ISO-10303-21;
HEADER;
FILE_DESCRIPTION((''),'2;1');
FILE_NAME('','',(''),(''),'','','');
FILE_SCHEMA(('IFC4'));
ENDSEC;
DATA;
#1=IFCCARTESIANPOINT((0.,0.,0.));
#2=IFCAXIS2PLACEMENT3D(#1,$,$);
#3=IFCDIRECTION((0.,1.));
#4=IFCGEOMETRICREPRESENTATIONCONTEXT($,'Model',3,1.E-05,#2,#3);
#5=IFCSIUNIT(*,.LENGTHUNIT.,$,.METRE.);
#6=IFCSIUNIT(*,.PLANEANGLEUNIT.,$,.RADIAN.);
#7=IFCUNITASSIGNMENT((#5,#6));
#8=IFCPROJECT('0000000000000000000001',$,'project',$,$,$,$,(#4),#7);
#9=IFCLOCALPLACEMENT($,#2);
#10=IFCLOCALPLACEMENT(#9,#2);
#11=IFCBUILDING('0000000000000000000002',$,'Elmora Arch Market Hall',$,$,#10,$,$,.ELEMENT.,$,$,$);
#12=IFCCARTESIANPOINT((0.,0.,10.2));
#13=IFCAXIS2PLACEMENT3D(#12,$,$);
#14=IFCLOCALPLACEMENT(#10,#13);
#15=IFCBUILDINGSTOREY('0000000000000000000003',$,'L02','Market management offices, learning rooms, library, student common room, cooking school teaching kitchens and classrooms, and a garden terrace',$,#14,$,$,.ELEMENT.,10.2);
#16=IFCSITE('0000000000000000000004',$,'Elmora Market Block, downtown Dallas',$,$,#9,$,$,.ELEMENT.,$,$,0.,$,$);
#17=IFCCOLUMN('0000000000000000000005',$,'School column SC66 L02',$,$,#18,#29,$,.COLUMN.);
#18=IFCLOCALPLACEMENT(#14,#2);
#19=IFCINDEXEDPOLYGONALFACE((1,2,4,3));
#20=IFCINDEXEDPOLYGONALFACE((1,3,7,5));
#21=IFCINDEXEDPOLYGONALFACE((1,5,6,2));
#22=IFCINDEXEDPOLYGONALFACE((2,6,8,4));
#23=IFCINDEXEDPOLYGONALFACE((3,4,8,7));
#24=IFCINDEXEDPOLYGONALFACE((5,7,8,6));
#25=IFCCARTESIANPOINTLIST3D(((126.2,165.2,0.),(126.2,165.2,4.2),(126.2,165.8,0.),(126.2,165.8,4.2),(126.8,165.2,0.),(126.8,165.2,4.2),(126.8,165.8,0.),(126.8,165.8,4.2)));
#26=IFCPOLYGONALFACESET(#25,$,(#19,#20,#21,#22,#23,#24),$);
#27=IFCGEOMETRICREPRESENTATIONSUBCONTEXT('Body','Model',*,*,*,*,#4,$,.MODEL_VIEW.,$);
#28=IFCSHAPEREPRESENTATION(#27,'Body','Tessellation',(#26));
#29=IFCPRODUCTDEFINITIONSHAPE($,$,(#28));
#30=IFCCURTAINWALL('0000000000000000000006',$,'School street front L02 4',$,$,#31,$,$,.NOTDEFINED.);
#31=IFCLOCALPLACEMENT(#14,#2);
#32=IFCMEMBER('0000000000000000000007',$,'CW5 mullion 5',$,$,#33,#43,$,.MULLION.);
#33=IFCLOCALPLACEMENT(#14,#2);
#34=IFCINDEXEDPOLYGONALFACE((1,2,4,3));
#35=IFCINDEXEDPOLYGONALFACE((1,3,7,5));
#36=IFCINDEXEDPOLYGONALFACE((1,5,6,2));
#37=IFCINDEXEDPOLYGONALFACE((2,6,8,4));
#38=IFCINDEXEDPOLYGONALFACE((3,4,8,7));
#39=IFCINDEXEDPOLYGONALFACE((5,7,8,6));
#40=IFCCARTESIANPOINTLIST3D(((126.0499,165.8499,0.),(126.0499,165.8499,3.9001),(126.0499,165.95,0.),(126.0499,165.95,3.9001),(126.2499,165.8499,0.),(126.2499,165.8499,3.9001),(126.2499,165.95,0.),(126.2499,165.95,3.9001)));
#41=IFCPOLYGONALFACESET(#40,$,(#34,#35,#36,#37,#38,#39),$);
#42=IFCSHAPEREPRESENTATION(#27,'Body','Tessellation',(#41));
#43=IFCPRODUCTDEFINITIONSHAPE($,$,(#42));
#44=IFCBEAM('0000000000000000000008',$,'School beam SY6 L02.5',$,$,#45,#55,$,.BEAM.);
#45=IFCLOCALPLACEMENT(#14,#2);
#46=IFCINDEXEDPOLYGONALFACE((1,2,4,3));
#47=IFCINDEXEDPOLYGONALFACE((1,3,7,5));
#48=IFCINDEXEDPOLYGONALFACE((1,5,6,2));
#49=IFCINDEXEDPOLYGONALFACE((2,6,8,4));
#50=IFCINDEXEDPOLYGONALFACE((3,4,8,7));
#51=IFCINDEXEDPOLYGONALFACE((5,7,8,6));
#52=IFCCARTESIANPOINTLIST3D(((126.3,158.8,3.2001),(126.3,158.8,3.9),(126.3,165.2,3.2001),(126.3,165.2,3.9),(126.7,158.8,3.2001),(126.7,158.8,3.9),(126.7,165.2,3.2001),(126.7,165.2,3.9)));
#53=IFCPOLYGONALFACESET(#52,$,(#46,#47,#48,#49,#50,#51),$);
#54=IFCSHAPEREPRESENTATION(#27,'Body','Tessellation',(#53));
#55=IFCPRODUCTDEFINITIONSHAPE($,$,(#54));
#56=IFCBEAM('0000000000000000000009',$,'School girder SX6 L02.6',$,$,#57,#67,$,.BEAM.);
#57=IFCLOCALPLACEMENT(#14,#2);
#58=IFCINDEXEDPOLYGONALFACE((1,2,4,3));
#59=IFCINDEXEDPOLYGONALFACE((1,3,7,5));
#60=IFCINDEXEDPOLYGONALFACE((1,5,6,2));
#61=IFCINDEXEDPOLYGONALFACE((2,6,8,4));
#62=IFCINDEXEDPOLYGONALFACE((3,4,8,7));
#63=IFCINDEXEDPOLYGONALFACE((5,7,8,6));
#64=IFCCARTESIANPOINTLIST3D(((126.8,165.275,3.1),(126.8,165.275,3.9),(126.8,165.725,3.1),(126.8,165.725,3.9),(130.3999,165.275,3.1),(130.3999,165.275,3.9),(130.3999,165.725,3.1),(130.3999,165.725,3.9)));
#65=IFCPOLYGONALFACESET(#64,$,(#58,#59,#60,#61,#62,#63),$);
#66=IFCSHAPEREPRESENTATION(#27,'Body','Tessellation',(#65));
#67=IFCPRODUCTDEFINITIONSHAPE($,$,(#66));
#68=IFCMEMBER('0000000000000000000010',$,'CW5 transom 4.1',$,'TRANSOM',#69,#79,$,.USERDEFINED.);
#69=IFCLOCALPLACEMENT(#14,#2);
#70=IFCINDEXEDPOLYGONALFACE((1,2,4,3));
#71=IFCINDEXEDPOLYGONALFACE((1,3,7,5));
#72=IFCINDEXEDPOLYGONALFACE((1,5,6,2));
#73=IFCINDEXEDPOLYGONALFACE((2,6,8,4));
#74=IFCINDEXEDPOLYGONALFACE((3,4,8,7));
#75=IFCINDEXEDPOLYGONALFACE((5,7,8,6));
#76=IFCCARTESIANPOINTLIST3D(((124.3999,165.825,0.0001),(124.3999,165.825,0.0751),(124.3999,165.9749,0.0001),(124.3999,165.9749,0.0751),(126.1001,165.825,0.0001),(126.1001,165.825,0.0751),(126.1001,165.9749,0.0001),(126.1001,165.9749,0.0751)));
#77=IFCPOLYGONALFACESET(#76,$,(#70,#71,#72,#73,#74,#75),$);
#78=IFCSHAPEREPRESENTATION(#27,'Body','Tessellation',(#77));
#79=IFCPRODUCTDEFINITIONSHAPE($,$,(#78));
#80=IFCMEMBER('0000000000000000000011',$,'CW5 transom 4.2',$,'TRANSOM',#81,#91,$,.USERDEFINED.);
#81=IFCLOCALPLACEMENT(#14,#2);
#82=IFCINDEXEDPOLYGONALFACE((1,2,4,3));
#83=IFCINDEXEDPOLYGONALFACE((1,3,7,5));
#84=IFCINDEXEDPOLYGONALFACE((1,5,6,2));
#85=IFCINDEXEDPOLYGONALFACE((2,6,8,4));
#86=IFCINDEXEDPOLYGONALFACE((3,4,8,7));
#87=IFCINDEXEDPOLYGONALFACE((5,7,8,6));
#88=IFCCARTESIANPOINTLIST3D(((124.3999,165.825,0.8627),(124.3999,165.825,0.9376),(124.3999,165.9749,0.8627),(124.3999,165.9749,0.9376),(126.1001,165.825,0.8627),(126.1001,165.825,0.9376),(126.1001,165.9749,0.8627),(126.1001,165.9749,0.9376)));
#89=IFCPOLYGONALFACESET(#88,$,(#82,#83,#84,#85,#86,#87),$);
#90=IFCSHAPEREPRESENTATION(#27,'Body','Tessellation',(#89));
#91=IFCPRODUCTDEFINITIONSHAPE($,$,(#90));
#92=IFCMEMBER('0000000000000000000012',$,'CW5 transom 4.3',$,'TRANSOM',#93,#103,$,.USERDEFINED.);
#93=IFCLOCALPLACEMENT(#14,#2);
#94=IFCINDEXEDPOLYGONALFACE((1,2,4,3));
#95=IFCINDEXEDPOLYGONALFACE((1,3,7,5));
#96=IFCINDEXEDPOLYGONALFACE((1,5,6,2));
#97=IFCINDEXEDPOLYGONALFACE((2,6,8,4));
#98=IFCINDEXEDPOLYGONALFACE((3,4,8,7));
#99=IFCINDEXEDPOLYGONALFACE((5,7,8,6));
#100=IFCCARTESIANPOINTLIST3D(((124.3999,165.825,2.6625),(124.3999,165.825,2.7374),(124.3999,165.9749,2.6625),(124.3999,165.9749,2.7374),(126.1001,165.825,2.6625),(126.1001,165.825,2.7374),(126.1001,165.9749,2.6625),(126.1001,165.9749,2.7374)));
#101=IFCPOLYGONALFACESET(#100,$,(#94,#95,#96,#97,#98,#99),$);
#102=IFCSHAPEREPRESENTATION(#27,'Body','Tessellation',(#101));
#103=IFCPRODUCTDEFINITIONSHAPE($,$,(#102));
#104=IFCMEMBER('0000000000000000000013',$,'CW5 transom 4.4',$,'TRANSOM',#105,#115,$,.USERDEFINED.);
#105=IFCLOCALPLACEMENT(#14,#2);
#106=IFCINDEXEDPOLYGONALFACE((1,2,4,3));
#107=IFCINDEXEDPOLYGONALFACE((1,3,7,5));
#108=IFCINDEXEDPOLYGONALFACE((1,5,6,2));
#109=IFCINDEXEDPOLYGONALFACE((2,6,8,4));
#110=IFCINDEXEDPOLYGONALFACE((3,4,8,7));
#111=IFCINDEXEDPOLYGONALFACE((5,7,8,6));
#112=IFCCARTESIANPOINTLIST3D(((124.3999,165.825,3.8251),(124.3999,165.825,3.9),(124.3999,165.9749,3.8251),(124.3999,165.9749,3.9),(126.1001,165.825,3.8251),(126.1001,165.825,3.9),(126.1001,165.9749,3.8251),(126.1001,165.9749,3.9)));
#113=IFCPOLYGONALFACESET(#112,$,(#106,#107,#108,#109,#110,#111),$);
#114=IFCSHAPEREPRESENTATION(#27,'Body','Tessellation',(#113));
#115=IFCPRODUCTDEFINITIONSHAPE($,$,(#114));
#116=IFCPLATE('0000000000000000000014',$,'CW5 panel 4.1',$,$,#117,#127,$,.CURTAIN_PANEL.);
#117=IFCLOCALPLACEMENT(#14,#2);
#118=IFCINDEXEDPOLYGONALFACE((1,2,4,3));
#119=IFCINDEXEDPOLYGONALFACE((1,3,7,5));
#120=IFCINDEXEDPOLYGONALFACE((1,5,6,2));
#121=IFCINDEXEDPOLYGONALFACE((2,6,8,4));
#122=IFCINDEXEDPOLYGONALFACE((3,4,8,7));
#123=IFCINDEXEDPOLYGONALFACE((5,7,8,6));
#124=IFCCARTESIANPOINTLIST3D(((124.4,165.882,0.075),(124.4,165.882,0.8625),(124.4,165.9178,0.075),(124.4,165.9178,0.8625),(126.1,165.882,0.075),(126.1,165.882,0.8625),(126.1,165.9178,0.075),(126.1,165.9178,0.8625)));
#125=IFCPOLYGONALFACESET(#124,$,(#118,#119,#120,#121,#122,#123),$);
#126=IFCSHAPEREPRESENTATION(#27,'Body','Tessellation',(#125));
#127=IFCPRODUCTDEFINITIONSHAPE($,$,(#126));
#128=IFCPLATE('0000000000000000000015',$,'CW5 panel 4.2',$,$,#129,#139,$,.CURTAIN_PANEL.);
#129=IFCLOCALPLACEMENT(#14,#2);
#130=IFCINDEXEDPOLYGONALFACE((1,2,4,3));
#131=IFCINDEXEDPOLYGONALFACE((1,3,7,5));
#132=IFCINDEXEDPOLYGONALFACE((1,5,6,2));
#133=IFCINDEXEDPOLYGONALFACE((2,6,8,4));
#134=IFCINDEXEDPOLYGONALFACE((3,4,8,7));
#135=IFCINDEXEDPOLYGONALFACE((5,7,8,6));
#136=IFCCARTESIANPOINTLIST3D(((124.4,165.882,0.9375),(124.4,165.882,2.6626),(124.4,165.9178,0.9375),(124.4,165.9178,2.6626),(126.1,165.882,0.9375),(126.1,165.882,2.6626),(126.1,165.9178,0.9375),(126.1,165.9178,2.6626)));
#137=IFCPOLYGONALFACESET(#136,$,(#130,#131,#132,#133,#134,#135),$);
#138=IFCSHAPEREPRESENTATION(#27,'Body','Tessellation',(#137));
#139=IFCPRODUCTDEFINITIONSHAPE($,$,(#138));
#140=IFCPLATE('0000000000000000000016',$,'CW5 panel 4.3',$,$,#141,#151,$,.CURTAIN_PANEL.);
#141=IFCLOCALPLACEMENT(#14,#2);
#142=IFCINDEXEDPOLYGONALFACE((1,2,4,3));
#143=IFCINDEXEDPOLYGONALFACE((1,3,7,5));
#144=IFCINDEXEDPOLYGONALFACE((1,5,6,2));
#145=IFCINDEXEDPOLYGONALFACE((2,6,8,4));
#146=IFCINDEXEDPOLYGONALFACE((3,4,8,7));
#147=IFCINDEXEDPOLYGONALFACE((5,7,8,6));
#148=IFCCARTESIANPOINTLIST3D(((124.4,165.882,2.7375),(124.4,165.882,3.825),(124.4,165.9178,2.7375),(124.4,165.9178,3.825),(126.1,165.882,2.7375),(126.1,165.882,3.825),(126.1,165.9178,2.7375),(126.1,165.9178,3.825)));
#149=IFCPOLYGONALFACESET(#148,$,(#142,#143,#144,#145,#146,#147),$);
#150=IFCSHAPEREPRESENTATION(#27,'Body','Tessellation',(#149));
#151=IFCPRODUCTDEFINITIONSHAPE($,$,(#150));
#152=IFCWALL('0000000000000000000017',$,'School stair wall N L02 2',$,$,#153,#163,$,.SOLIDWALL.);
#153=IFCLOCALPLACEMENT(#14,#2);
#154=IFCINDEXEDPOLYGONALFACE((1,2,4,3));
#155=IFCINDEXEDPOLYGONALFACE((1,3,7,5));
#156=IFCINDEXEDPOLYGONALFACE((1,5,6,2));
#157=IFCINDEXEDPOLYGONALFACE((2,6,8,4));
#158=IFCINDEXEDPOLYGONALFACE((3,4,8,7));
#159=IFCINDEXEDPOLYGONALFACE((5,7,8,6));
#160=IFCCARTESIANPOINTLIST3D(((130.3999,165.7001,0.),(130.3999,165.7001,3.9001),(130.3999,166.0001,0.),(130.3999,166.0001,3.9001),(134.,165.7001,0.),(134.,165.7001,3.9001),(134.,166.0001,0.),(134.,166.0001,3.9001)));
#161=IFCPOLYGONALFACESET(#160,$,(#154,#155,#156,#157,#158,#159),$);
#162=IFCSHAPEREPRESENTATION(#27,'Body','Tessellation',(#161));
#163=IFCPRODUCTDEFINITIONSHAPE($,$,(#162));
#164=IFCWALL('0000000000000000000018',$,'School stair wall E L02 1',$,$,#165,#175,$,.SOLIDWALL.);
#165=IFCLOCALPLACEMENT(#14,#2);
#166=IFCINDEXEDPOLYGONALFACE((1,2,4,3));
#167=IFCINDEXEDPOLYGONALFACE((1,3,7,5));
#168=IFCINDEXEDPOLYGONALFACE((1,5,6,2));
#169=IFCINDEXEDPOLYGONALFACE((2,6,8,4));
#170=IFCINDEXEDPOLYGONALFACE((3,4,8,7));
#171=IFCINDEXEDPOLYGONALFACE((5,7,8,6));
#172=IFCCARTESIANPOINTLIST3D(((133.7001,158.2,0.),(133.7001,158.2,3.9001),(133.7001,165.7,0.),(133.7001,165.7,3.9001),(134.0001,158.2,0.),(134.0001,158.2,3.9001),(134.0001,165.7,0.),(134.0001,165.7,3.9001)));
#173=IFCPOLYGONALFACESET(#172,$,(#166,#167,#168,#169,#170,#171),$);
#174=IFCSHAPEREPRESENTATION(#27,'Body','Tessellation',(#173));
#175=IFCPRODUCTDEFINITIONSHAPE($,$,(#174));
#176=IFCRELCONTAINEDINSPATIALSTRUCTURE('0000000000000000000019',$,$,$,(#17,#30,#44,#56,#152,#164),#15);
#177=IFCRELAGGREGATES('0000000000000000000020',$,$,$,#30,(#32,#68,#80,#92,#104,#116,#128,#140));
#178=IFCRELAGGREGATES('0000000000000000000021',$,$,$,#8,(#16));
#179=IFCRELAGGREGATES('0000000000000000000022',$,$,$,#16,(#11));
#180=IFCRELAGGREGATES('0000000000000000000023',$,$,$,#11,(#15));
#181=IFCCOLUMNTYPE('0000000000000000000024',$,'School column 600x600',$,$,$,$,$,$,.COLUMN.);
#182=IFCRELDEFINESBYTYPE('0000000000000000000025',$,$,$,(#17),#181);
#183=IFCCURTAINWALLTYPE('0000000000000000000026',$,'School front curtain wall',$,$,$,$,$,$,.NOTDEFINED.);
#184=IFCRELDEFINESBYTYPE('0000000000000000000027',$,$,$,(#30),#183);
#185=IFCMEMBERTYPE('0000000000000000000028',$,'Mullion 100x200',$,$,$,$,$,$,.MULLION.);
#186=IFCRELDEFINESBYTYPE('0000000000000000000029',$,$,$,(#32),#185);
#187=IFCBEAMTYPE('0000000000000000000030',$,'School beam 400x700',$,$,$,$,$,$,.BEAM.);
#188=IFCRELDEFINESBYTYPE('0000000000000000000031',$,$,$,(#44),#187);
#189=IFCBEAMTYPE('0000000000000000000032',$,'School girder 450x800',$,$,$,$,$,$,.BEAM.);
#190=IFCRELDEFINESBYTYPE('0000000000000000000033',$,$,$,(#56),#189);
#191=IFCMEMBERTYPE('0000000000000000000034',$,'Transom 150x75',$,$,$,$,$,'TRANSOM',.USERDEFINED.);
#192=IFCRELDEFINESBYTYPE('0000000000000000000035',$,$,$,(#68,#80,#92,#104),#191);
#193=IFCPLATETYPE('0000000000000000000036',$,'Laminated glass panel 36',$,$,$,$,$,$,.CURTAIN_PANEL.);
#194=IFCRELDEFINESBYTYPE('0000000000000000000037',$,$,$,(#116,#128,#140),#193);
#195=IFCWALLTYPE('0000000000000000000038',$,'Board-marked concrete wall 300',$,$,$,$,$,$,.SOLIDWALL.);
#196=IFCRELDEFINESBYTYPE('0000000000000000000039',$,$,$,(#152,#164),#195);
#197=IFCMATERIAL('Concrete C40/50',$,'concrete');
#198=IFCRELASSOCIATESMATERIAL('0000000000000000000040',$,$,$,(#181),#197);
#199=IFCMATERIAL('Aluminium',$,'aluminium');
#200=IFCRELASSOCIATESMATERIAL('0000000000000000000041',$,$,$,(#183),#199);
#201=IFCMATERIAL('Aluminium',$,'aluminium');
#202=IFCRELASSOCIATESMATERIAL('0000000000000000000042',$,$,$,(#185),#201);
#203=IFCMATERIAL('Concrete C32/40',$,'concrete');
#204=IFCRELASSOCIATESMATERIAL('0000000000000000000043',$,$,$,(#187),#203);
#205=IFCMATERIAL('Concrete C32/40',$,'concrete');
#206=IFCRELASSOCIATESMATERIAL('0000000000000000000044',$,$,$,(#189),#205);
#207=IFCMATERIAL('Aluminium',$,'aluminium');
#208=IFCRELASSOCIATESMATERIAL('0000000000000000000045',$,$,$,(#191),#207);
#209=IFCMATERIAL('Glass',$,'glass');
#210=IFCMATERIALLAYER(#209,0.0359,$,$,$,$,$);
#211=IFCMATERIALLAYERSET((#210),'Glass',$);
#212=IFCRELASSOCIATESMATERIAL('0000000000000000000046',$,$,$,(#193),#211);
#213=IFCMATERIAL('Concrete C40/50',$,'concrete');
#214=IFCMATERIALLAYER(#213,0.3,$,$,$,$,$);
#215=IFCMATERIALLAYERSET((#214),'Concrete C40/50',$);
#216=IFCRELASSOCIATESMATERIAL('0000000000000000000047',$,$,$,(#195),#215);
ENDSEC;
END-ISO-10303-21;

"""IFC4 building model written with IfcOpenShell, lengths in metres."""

from ifc_helpers import new_model, si_unit, direction, frame, frame_2d, origin, origin_2d, place, context, subcontext, project, spatial, rectangle, extrude, material, layer, layer_set, material_profile, profile_set, type_object, element, aggregate, save


model = new_model("IFC4")

# Units and contexts
model_context = context("Model", 3, precision=1e-05, world=origin(), true_north=direction((0.0, 1.0)))
body_context = subcontext(model_context, "Body", "Model", "MODEL_VIEW")
ifc_project = project(units=[si_unit("LENGTHUNIT", "METRE"), si_unit("PLANEANGLEUNIT", "RADIAN")], contexts=[model_context])

# Site, building, storey
site_placement = place(None, origin())
site = spatial("IfcSite", under=ifc_project, at=site_placement, Name="Elmora Market Block, downtown Dallas", CompositionType="ELEMENT", RefElevation=0.0)
building_placement = place(site_placement, origin())
building = spatial("IfcBuilding", under=site, at=building_placement, Name="Elmora Arch Market Hall", CompositionType="ELEMENT")
storey_placement = place(building_placement, frame((0.0, 0.0, 10.2)))
storey = spatial("IfcBuildingStorey", under=building, at=storey_placement, Name="L02", Description="Market management offices, learning rooms, library, student common room, cooking school teaching kitchens and classrooms, and a garden terrace", CompositionType="ELEMENT", Elevation=10.2)

# Column
ifc_material_1 = material(Name="Concrete C40/50", Category="concrete")
ifc_material_profile_1 = material_profile(ifc_material_1, rectangle(XDim=0.6001, YDim=0.6001, at=origin_2d()), Name="School column 600x600")
ifc_profile_set_1 = profile_set([ifc_material_profile_1], Name="Concrete C40/50")
column_type = type_object("IfcColumnType", Name="School column 600x600", PredefinedType="COLUMN", material=ifc_profile_set_1)
column_placement = place(storey_placement, frame((126.5, 165.5, 0.0), z_axis=(0.0, 0.0, 1.0), x_axis=(1.0, 0.0, 0.0)))
element("IfcColumn", 1, at=column_placement, inside=storey, type_object=column_type, Name="School column SC66 L02", PredefinedType="COLUMN", context=body_context, shape_type="SweptSolid", body=[
    extrude(rectangle(XDim=0.6001, YDim=0.6001, at=origin_2d()), origin(), (0.0, 0.0, 1.0), 4.2),
])

# Curtain wall, member
ifc_material_2 = material(Name="Aluminium", Category="aluminium")
curtain_wall_type = type_object("IfcCurtainWallType", Name="School front curtain wall", PredefinedType="NOTDEFINED", material=ifc_material_2)
curtain_wall_placement = place(storey_placement, origin())
curtain_wall = element("IfcCurtainWall", 2, at=curtain_wall_placement, inside=storey, type_object=curtain_wall_type, Name="School street front L02 4", PredefinedType="NOTDEFINED")
ifc_material_3 = material(Name="Aluminium", Category="aluminium")
ifc_material_profile_2 = material_profile(ifc_material_3, rectangle(XDim=0.1001, YDim=0.2, at=origin_2d()), Name="AL 100x200")
ifc_profile_set_2 = profile_set([ifc_material_profile_2], Name="Aluminium")
member_type_1 = type_object("IfcMemberType", Name="Mullion 100x200", PredefinedType="MULLION", material=ifc_profile_set_2)
member_1_placement = place(storey_placement, frame((126.1499, 165.8999, 0.0), z_axis=(0.0, 0.0, 1.0), x_axis=(0.0, 1.0, 0.0)))
member_1 = element("IfcMember", 3, at=member_1_placement, type_object=member_type_1, Name="CW5 mullion 5", PredefinedType="MULLION", context=body_context, shape_type="SweptSolid", body=[
    extrude(rectangle(XDim=0.1001, YDim=0.2, at=origin_2d()), origin(), (0.0, 0.0, 1.0), 3.9001),
])

# Beams
ifc_material_4 = material(Name="Concrete C32/40", Category="concrete")
ifc_material_profile_3 = material_profile(ifc_material_4, rectangle(XDim=0.3999, YDim=0.7, at=origin_2d()), Name="School beam 400x700")
ifc_profile_set_3 = profile_set([ifc_material_profile_3], Name="Concrete C32/40")
beam_type_1 = type_object("IfcBeamType", Name="School beam 400x700", PredefinedType="BEAM", material=ifc_profile_set_3)
beam_1_placement = place(storey_placement, frame((126.5, 158.8, 3.55), z_axis=(0.0, 1.0, 0.0), x_axis=(-1.0, 0.0, 0.0)))
element("IfcBeam", 4, at=beam_1_placement, inside=storey, type_object=beam_type_1, Name="School beam SY6 L02.5", PredefinedType="BEAM", context=body_context, shape_type="SweptSolid", body=[
    extrude(rectangle(XDim=0.3999, YDim=0.7, at=origin_2d()), origin(), (0.0, 0.0, 1.0), 6.3999),
])
ifc_material_5 = material(Name="Concrete C32/40", Category="concrete")
ifc_material_profile_4 = material_profile(ifc_material_5, rectangle(XDim=0.45, YDim=0.8, at=origin_2d()), Name="School girder 450x800")
ifc_profile_set_4 = profile_set([ifc_material_profile_4], Name="Concrete C32/40")
beam_type_2 = type_object("IfcBeamType", Name="School girder 450x800", PredefinedType="BEAM", material=ifc_profile_set_4)
beam_2_placement = place(storey_placement, frame((126.8, 165.5, 3.5), z_axis=(1.0, 0.0, 0.0), x_axis=(0.0, 1.0, 0.0)))
element("IfcBeam", 5, at=beam_2_placement, inside=storey, type_object=beam_type_2, Name="School girder SX6 L02.6", PredefinedType="BEAM", context=body_context, shape_type="SweptSolid", body=[
    extrude(rectangle(XDim=0.45, YDim=0.8, at=origin_2d()), origin(), (0.0, 0.0, 1.0), 3.5999),
])

# Members
ifc_material_6 = material(Name="Aluminium", Category="aluminium")
ifc_material_profile_5 = material_profile(ifc_material_6, rectangle(XDim=0.1499, YDim=0.075, at=origin_2d()), Name="AL 150x75")
ifc_profile_set_5 = profile_set([ifc_material_profile_5], Name="Aluminium")
member_type_2 = type_object("IfcMemberType", Name="Transom 150x75", ElementType="TRANSOM", PredefinedType="USERDEFINED", material=ifc_profile_set_5)
member_2_placement = place(storey_placement, frame((124.3999, 165.8999, 0.0376), z_axis=(1.0, 0.0, 0.0), x_axis=(0.0, 1.0, 0.0)))
member_2 = element("IfcMember", 6, at=member_2_placement, type_object=member_type_2, Name="CW5 transom 4.1", ObjectType="TRANSOM", PredefinedType="USERDEFINED", context=body_context, shape_type="SweptSolid", body=[
    extrude(rectangle(XDim=0.1499, YDim=0.075, at=origin_2d()), origin(), (0.0, 0.0, 1.0), 1.7002),
])
member_3_placement = place(storey_placement, frame((124.3999, 165.8999, 0.9001), z_axis=(1.0, 0.0, 0.0), x_axis=(0.0, 1.0, 0.0)))
member_3 = element("IfcMember", 7, at=member_3_placement, type_object=member_type_2, Name="CW5 transom 4.2", ObjectType="TRANSOM", PredefinedType="USERDEFINED", context=body_context, shape_type="SweptSolid", body=[
    extrude(rectangle(XDim=0.1499, YDim=0.075, at=origin_2d()), origin(), (0.0, 0.0, 1.0), 1.7002),
])
member_4_placement = place(storey_placement, frame((124.3999, 165.8999, 2.7), z_axis=(1.0, 0.0, 0.0), x_axis=(0.0, 1.0, 0.0)))
member_4 = element("IfcMember", 8, at=member_4_placement, type_object=member_type_2, Name="CW5 transom 4.3", ObjectType="TRANSOM", PredefinedType="USERDEFINED", context=body_context, shape_type="SweptSolid", body=[
    extrude(rectangle(XDim=0.1499, YDim=0.075, at=origin_2d()), origin(), (0.0, 0.0, 1.0), 1.7002),
])
member_5_placement = place(storey_placement, frame((124.3999, 165.8999, 3.8625), z_axis=(1.0, 0.0, 0.0), x_axis=(0.0, 1.0, 0.0)))
member_5 = element("IfcMember", 9, at=member_5_placement, type_object=member_type_2, Name="CW5 transom 4.4", ObjectType="TRANSOM", PredefinedType="USERDEFINED", context=body_context, shape_type="SweptSolid", body=[
    extrude(rectangle(XDim=0.1499, YDim=0.075, at=origin_2d()), origin(), (0.0, 0.0, 1.0), 1.7002),
])

# Plates
ifc_material_7 = material(Name="Glass", Category="glass")
ifc_layer_1 = layer(ifc_material_7, 0.0359)
ifc_layer_set_1 = layer_set([ifc_layer_1], Name="Glass")
plate_type = type_object("IfcPlateType", Name="Laminated glass panel 36", PredefinedType="CURTAIN_PANEL", material=ifc_layer_set_1)
plate_1_placement = place(storey_placement, frame((125.25, 165.8999, 0.075), z_axis=(0.0, 0.0, 1.0), x_axis=(1.0, 0.0, 0.0)))
plate_1 = element("IfcPlate", 10, at=plate_1_placement, type_object=plate_type, Name="CW5 panel 4.1", PredefinedType="CURTAIN_PANEL", context=body_context, shape_type="SweptSolid", body=[
    extrude(rectangle(XDim=1.7, YDim=0.0359, at=origin_2d()), origin(), (0.0, 0.0, 1.0), 0.7876),
])
plate_2_placement = place(storey_placement, frame((125.25, 165.8999, 0.9375), z_axis=(0.0, 0.0, 1.0), x_axis=(1.0, 0.0, 0.0)))
plate_2 = element("IfcPlate", 11, at=plate_2_placement, type_object=plate_type, Name="CW5 panel 4.2", PredefinedType="CURTAIN_PANEL", context=body_context, shape_type="SweptSolid", body=[
    extrude(rectangle(XDim=1.7, YDim=0.0359, at=origin_2d()), origin(), (0.0, 0.0, 1.0), 1.7251),
])
plate_3_placement = place(storey_placement, frame((125.25, 165.8999, 2.7375), z_axis=(0.0, 0.0, 1.0), x_axis=(1.0, 0.0, 0.0)))
plate_3 = element("IfcPlate", 12, at=plate_3_placement, type_object=plate_type, Name="CW5 panel 4.3", PredefinedType="CURTAIN_PANEL", context=body_context, shape_type="SweptSolid", body=[
    extrude(rectangle(XDim=1.7, YDim=0.0359, at=origin_2d()), origin(), (0.0, 0.0, 1.0), 1.0874),
])
aggregate(curtain_wall, [member_1, member_2, member_3, member_4, member_5, plate_1, plate_2, plate_3])

# Walls
ifc_material_8 = material(Name="Concrete C40/50", Category="concrete")
ifc_layer_2 = layer(ifc_material_8, 0.3)
ifc_layer_set_2 = layer_set([ifc_layer_2], Name="Concrete C40/50")
wall_type_1 = type_object("IfcWallType", Name="Board-marked concrete wall 300", PredefinedType="SOLIDWALL", material=ifc_layer_set_2)
wall_1_placement = place(storey_placement, frame((130.3999, 165.8501, 0.0), z_axis=(0.0, 0.0, 1.0), x_axis=(1.0, 0.0, 0.0)))
element("IfcWall", 13, at=wall_1_placement, inside=storey, type_object=wall_type_1, Name="School stair wall N L02 2", PredefinedType="SOLIDWALL", context=body_context, shape_type="SweptSolid", body=[
    extrude(rectangle(XDim=3.6001, YDim=0.3, at=frame_2d((1.8, 0.0))), origin(), (0.0, 0.0, 1.0), 3.9001),
])
wall_2_placement = place(storey_placement, frame((133.8501, 165.7, 0.0), z_axis=(0.0, 0.0, 1.0), x_axis=(0.0, -1.0, 0.0)))
element("IfcWall", 14, at=wall_2_placement, inside=storey, type_object=wall_type_1, Name="School stair wall E L02 1", PredefinedType="SOLIDWALL", context=body_context, shape_type="SweptSolid", body=[
    extrude(rectangle(XDim=7.5, YDim=0.3, at=frame_2d((3.75, 0.0))), origin(), (0.0, 0.0, 1.0), 3.9001),
])

save(model, "model.ifc")
